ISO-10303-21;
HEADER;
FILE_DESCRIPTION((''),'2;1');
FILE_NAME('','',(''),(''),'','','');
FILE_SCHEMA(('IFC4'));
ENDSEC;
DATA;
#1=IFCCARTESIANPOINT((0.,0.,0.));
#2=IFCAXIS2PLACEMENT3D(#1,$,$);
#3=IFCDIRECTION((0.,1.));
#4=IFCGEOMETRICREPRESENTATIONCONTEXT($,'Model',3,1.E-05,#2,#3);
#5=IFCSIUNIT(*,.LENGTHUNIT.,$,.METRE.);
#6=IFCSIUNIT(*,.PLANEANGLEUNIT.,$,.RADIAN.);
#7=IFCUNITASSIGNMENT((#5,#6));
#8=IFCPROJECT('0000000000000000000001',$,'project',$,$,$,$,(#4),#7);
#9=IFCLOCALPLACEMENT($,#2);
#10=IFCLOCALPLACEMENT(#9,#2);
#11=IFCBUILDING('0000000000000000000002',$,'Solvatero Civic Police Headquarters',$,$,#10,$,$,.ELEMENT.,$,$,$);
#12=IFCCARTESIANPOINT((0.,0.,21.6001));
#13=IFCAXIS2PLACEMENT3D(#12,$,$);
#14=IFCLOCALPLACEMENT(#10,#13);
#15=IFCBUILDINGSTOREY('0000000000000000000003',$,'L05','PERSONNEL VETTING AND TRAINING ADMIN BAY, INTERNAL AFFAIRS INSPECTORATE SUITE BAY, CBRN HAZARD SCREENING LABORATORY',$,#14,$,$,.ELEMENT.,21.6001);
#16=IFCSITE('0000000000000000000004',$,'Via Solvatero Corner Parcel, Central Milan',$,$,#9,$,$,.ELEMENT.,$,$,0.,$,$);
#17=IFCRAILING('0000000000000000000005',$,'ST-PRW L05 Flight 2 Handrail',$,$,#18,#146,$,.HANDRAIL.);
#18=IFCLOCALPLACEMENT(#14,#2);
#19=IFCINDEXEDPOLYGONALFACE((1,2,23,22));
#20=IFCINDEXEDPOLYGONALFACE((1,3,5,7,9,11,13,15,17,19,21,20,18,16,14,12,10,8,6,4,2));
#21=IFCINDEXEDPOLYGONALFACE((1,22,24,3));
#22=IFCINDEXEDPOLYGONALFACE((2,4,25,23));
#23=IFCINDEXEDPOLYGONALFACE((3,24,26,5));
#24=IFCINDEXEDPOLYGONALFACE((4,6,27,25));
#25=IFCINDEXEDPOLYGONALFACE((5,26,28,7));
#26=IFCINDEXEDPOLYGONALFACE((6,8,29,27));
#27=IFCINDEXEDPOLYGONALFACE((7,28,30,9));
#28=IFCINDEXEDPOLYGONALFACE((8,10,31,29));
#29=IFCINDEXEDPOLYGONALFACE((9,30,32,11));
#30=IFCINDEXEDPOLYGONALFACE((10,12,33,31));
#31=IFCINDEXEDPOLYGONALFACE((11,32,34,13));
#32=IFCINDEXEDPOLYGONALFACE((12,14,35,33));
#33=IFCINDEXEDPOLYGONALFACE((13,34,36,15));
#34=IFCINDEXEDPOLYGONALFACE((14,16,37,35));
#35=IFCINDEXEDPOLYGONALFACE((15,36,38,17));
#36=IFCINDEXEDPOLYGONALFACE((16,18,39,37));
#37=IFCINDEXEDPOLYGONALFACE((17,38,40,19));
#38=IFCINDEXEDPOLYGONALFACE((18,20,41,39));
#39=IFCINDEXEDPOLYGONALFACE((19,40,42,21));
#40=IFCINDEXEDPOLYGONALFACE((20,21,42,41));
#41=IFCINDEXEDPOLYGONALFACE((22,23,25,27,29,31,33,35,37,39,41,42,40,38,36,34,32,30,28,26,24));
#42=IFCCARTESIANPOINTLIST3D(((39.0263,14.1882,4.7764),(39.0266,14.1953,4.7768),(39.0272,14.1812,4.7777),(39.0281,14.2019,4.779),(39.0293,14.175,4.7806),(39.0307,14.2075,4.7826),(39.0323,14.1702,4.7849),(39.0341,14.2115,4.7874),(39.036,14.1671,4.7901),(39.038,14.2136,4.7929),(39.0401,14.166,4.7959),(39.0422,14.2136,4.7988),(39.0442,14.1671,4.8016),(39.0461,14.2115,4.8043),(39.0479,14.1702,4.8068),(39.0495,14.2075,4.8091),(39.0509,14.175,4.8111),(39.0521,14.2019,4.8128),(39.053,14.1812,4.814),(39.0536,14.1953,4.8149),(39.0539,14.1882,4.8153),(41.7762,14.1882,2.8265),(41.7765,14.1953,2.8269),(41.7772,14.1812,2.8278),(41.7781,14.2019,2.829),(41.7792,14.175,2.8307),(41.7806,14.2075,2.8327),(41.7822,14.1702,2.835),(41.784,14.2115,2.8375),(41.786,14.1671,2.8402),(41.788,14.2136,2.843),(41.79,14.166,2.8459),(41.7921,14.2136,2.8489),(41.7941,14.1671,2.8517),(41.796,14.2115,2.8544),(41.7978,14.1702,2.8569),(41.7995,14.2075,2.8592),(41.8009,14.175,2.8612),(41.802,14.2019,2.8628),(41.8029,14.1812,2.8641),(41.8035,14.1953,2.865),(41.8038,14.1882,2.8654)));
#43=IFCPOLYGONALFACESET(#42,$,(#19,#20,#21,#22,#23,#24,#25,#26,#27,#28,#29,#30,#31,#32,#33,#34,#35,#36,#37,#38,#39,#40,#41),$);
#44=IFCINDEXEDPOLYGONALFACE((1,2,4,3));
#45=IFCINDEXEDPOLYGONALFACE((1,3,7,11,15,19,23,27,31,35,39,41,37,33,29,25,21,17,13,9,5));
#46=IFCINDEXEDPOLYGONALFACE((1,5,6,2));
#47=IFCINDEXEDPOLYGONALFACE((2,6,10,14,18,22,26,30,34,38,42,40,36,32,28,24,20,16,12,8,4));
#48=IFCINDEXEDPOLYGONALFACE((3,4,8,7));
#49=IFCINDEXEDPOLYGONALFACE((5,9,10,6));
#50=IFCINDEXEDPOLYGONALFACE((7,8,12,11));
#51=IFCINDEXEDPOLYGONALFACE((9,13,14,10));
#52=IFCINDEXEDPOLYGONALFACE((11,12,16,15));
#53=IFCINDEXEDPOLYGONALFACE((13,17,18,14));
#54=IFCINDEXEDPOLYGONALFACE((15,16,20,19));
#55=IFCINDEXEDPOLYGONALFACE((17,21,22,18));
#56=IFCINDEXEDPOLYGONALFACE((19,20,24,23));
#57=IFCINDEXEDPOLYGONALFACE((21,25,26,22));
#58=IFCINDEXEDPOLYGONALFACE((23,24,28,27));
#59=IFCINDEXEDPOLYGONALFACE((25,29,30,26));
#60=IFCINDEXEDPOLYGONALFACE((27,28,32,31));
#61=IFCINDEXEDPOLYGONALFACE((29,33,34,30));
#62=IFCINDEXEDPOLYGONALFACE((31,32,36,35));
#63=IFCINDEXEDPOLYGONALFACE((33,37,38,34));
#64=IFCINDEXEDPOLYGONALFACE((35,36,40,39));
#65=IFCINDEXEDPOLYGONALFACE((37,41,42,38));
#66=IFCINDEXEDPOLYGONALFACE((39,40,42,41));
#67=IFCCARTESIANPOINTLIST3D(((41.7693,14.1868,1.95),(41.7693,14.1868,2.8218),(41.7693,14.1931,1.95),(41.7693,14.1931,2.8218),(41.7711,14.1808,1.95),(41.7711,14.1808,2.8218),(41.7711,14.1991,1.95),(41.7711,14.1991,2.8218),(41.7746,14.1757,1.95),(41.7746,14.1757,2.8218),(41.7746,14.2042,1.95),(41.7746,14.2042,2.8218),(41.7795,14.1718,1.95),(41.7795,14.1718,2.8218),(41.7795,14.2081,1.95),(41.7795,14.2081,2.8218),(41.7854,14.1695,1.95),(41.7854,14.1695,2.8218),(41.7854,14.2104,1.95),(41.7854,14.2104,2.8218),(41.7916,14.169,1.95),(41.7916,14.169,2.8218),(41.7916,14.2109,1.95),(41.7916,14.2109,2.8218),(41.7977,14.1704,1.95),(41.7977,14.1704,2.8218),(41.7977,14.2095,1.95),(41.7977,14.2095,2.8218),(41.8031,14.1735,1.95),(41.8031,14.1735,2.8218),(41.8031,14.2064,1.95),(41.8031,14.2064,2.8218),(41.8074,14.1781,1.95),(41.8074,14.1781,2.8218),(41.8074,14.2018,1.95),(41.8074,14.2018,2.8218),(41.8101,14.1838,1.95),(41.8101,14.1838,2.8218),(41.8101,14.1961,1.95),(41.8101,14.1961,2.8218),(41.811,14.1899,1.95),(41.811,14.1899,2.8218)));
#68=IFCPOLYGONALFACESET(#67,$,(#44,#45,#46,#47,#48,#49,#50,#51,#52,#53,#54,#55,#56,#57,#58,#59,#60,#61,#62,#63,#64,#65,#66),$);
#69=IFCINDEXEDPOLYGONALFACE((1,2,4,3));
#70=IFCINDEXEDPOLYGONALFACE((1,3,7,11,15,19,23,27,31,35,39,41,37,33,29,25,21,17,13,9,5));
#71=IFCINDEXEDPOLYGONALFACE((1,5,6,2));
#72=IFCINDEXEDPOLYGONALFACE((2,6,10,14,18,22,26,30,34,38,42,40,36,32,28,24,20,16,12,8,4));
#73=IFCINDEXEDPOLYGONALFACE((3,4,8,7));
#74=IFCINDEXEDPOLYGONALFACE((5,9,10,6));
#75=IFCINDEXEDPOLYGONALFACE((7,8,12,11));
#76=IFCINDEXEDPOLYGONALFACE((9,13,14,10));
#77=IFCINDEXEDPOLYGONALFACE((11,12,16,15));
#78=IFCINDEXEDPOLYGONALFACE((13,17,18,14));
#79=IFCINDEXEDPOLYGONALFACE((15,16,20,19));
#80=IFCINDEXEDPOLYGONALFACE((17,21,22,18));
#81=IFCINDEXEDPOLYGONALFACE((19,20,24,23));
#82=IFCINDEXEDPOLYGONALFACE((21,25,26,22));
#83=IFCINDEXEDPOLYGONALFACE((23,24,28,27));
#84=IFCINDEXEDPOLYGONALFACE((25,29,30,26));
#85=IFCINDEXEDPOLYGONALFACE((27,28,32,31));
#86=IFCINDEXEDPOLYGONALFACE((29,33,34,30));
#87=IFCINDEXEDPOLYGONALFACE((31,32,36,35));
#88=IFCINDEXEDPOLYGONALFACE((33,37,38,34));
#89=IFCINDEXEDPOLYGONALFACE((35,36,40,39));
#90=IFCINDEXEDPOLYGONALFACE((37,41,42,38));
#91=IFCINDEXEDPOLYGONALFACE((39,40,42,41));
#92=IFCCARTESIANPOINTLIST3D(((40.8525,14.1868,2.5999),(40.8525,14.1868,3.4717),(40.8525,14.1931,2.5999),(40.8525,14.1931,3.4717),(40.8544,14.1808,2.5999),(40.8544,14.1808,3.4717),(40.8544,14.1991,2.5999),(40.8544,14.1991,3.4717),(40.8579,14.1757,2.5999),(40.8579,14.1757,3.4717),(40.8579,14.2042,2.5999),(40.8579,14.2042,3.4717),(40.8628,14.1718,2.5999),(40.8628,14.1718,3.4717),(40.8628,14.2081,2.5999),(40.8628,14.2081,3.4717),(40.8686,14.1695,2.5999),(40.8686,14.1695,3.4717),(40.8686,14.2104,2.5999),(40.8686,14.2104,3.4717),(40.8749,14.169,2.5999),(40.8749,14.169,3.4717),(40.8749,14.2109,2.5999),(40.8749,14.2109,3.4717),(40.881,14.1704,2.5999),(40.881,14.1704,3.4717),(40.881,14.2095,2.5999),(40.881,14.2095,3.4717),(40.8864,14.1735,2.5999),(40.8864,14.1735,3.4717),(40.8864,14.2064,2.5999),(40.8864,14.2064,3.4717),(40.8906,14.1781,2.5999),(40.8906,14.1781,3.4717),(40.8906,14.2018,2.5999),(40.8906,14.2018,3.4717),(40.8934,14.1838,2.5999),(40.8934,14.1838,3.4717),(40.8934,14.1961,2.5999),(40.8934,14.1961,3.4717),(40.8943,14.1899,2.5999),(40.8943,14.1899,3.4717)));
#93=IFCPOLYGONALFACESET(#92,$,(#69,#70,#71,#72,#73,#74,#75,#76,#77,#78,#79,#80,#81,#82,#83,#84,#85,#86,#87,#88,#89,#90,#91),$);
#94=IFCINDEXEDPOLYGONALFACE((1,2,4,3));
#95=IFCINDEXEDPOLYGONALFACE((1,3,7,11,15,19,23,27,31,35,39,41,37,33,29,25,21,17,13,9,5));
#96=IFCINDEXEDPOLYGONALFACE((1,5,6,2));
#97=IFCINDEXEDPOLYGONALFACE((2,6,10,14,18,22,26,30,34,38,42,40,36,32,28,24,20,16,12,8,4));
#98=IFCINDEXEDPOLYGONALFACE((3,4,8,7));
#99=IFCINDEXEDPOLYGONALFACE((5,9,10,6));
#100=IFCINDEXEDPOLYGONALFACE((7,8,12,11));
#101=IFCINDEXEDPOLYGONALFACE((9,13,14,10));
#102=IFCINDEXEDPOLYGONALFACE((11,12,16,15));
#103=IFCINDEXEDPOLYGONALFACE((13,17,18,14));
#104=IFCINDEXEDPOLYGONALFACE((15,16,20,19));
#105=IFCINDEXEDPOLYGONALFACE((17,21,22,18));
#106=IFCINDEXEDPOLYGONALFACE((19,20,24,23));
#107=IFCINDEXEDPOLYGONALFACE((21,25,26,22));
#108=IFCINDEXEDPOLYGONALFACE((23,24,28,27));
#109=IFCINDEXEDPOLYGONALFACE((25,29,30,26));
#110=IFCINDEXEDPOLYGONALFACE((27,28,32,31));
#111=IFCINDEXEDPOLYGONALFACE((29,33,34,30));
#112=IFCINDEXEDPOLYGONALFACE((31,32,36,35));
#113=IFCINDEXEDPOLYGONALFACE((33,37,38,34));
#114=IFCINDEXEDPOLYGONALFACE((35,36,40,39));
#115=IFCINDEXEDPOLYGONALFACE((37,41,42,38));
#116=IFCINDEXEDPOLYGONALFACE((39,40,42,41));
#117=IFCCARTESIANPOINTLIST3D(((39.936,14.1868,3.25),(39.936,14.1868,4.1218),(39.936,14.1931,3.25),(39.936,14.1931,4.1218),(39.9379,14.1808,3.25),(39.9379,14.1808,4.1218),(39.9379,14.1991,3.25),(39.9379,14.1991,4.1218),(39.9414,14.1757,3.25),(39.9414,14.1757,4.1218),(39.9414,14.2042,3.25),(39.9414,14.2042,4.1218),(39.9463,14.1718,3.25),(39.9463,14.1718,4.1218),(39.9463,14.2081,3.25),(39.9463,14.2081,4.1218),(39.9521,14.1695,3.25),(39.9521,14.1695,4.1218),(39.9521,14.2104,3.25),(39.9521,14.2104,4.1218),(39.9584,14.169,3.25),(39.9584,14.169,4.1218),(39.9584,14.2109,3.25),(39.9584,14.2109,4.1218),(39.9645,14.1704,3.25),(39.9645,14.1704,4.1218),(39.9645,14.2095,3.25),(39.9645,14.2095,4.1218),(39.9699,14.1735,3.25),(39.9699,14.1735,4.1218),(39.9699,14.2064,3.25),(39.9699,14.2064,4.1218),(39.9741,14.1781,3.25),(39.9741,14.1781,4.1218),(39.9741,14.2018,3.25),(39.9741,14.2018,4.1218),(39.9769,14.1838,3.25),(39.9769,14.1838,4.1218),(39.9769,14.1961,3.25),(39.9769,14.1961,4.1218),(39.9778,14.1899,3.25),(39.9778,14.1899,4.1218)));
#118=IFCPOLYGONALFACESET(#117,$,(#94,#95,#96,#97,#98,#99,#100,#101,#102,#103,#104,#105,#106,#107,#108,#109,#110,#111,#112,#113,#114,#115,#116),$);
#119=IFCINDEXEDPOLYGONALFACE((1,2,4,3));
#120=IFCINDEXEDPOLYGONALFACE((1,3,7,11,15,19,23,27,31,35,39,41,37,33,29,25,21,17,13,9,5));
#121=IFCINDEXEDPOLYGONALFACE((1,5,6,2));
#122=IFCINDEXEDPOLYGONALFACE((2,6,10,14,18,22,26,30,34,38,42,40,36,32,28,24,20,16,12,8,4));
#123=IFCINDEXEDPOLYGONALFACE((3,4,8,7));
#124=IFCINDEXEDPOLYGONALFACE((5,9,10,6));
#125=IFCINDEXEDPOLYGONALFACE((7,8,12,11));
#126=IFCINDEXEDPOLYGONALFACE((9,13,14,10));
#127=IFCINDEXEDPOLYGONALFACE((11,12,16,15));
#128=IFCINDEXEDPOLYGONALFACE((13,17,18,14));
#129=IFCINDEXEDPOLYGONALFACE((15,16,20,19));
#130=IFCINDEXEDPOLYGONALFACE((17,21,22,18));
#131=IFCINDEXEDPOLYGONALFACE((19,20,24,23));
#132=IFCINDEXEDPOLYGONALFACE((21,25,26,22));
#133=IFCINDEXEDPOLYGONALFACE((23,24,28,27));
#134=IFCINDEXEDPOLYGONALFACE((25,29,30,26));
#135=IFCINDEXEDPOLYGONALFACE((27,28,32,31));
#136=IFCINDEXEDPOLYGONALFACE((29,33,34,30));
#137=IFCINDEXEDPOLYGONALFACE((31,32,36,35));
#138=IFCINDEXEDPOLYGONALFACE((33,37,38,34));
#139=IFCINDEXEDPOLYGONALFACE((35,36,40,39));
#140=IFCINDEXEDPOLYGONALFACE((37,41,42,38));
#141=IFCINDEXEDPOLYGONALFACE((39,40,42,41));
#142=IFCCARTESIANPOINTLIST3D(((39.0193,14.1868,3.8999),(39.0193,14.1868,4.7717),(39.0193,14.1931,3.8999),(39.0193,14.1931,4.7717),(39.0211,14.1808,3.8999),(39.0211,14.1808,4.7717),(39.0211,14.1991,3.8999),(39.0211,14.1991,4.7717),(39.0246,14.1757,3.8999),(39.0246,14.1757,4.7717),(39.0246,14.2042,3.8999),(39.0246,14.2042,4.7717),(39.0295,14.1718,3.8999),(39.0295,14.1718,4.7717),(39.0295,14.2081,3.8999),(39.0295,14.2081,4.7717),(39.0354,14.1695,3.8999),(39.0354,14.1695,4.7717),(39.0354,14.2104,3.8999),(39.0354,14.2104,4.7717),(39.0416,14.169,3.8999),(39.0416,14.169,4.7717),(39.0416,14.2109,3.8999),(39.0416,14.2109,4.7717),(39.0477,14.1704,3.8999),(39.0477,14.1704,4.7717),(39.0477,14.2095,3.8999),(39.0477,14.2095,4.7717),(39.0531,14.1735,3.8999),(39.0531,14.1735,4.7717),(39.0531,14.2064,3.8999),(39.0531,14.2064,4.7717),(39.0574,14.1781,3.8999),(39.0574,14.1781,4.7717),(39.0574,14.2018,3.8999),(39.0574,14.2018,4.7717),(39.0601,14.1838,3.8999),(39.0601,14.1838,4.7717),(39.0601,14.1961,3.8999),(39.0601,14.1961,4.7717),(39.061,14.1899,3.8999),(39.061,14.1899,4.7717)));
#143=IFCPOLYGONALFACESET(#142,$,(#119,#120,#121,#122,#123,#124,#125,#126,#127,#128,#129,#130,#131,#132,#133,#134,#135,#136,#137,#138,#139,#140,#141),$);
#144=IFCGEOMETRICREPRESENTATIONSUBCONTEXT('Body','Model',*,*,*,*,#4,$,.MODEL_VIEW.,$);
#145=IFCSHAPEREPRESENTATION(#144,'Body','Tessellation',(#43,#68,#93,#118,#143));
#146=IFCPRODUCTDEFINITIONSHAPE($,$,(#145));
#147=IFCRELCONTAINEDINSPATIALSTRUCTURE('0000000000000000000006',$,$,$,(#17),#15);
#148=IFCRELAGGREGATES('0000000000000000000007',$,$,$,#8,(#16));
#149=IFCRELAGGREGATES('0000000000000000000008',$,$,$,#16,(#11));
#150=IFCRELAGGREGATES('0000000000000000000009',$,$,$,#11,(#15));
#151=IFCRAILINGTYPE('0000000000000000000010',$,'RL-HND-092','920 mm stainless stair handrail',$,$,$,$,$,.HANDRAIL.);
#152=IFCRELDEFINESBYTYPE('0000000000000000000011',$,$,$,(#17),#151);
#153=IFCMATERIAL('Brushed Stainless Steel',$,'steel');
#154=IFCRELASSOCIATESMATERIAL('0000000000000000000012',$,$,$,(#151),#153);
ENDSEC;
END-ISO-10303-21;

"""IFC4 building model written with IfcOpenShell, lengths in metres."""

from ifc_helpers import new_model, si_unit, direction, frame, origin, origin_2d, place, context, subcontext, project, spatial, circle, extrude, material, type_object, element, save


model = new_model("IFC4")

# Units and contexts
model_context = context("Model", 3, precision=1e-05, world=origin(), true_north=direction((0.0, 1.0)))
body_context = subcontext(model_context, "Body", "Model", "MODEL_VIEW")
ifc_project = project(units=[si_unit("LENGTHUNIT", "METRE"), si_unit("PLANEANGLEUNIT", "RADIAN")], contexts=[model_context])

# Site, building, storey
site_placement = place(None, origin())
site = spatial("IfcSite", under=ifc_project, at=site_placement, Name="Via Solvatero Corner Parcel, Central Milan", CompositionType="ELEMENT", RefElevation=0.0)
building_placement = place(site_placement, origin())
building = spatial("IfcBuilding", under=site, at=building_placement, Name="Solvatero Civic Police Headquarters", CompositionType="ELEMENT")
storey_placement = place(building_placement, frame((0.0, 0.0, 21.6001)))
storey = spatial("IfcBuildingStorey", under=building, at=storey_placement, Name="L05", Description="PERSONNEL VETTING AND TRAINING ADMIN BAY, INTERNAL AFFAIRS INSPECTORATE SUITE BAY, CBRN HAZARD SCREENING LABORATORY", CompositionType="ELEMENT", Elevation=21.6001)

# Railing
ifc_material_1 = material(Name="Brushed Stainless Steel", Category="steel")
railing_type_1 = type_object("IfcRailingType", Name="RL-HND-092", Description="920 mm stainless stair handrail", PredefinedType="HANDRAIL", material=ifc_material_1)
railing_1_placement = place(storey_placement, frame((41.79, 14.1899, 1.95)))
element("IfcRailing", 1, at=railing_1_placement, inside=storey, type_object=railing_type_1, Name="ST-PRW L05 Flight 2 Handrail", PredefinedType="HANDRAIL", context=body_context, shape_type="SweptSolid", body=[
    extrude(circle(Radius=0.0239, at=origin_2d()), frame((0.0, 0.0, 0.896), z_axis=(-0.81574, 0.0, 0.578419), x_axis=(0.0, -1.0, 0.0)), (0.0, 0.0, 1.0), 3.3711),
    extrude(circle(Radius=0.021, at=origin_2d()), origin(), (0.0, 0.0, 1.0), 0.8718),
    extrude(circle(Radius=0.021, at=origin_2d()), frame((-0.9167, 0.0, 0.6499)), (0.0, 0.0, 1.0), 0.8718),
    extrude(circle(Radius=0.021, at=origin_2d()), frame((-1.8333, 0.0, 1.3)), (0.0, 0.0, 1.0), 0.8718),
    extrude(circle(Radius=0.021, at=origin_2d()), frame((-2.75, 0.0, 1.95)), (0.0, 0.0, 1.0), 0.8718),
])

save(model, "model.ifc")
